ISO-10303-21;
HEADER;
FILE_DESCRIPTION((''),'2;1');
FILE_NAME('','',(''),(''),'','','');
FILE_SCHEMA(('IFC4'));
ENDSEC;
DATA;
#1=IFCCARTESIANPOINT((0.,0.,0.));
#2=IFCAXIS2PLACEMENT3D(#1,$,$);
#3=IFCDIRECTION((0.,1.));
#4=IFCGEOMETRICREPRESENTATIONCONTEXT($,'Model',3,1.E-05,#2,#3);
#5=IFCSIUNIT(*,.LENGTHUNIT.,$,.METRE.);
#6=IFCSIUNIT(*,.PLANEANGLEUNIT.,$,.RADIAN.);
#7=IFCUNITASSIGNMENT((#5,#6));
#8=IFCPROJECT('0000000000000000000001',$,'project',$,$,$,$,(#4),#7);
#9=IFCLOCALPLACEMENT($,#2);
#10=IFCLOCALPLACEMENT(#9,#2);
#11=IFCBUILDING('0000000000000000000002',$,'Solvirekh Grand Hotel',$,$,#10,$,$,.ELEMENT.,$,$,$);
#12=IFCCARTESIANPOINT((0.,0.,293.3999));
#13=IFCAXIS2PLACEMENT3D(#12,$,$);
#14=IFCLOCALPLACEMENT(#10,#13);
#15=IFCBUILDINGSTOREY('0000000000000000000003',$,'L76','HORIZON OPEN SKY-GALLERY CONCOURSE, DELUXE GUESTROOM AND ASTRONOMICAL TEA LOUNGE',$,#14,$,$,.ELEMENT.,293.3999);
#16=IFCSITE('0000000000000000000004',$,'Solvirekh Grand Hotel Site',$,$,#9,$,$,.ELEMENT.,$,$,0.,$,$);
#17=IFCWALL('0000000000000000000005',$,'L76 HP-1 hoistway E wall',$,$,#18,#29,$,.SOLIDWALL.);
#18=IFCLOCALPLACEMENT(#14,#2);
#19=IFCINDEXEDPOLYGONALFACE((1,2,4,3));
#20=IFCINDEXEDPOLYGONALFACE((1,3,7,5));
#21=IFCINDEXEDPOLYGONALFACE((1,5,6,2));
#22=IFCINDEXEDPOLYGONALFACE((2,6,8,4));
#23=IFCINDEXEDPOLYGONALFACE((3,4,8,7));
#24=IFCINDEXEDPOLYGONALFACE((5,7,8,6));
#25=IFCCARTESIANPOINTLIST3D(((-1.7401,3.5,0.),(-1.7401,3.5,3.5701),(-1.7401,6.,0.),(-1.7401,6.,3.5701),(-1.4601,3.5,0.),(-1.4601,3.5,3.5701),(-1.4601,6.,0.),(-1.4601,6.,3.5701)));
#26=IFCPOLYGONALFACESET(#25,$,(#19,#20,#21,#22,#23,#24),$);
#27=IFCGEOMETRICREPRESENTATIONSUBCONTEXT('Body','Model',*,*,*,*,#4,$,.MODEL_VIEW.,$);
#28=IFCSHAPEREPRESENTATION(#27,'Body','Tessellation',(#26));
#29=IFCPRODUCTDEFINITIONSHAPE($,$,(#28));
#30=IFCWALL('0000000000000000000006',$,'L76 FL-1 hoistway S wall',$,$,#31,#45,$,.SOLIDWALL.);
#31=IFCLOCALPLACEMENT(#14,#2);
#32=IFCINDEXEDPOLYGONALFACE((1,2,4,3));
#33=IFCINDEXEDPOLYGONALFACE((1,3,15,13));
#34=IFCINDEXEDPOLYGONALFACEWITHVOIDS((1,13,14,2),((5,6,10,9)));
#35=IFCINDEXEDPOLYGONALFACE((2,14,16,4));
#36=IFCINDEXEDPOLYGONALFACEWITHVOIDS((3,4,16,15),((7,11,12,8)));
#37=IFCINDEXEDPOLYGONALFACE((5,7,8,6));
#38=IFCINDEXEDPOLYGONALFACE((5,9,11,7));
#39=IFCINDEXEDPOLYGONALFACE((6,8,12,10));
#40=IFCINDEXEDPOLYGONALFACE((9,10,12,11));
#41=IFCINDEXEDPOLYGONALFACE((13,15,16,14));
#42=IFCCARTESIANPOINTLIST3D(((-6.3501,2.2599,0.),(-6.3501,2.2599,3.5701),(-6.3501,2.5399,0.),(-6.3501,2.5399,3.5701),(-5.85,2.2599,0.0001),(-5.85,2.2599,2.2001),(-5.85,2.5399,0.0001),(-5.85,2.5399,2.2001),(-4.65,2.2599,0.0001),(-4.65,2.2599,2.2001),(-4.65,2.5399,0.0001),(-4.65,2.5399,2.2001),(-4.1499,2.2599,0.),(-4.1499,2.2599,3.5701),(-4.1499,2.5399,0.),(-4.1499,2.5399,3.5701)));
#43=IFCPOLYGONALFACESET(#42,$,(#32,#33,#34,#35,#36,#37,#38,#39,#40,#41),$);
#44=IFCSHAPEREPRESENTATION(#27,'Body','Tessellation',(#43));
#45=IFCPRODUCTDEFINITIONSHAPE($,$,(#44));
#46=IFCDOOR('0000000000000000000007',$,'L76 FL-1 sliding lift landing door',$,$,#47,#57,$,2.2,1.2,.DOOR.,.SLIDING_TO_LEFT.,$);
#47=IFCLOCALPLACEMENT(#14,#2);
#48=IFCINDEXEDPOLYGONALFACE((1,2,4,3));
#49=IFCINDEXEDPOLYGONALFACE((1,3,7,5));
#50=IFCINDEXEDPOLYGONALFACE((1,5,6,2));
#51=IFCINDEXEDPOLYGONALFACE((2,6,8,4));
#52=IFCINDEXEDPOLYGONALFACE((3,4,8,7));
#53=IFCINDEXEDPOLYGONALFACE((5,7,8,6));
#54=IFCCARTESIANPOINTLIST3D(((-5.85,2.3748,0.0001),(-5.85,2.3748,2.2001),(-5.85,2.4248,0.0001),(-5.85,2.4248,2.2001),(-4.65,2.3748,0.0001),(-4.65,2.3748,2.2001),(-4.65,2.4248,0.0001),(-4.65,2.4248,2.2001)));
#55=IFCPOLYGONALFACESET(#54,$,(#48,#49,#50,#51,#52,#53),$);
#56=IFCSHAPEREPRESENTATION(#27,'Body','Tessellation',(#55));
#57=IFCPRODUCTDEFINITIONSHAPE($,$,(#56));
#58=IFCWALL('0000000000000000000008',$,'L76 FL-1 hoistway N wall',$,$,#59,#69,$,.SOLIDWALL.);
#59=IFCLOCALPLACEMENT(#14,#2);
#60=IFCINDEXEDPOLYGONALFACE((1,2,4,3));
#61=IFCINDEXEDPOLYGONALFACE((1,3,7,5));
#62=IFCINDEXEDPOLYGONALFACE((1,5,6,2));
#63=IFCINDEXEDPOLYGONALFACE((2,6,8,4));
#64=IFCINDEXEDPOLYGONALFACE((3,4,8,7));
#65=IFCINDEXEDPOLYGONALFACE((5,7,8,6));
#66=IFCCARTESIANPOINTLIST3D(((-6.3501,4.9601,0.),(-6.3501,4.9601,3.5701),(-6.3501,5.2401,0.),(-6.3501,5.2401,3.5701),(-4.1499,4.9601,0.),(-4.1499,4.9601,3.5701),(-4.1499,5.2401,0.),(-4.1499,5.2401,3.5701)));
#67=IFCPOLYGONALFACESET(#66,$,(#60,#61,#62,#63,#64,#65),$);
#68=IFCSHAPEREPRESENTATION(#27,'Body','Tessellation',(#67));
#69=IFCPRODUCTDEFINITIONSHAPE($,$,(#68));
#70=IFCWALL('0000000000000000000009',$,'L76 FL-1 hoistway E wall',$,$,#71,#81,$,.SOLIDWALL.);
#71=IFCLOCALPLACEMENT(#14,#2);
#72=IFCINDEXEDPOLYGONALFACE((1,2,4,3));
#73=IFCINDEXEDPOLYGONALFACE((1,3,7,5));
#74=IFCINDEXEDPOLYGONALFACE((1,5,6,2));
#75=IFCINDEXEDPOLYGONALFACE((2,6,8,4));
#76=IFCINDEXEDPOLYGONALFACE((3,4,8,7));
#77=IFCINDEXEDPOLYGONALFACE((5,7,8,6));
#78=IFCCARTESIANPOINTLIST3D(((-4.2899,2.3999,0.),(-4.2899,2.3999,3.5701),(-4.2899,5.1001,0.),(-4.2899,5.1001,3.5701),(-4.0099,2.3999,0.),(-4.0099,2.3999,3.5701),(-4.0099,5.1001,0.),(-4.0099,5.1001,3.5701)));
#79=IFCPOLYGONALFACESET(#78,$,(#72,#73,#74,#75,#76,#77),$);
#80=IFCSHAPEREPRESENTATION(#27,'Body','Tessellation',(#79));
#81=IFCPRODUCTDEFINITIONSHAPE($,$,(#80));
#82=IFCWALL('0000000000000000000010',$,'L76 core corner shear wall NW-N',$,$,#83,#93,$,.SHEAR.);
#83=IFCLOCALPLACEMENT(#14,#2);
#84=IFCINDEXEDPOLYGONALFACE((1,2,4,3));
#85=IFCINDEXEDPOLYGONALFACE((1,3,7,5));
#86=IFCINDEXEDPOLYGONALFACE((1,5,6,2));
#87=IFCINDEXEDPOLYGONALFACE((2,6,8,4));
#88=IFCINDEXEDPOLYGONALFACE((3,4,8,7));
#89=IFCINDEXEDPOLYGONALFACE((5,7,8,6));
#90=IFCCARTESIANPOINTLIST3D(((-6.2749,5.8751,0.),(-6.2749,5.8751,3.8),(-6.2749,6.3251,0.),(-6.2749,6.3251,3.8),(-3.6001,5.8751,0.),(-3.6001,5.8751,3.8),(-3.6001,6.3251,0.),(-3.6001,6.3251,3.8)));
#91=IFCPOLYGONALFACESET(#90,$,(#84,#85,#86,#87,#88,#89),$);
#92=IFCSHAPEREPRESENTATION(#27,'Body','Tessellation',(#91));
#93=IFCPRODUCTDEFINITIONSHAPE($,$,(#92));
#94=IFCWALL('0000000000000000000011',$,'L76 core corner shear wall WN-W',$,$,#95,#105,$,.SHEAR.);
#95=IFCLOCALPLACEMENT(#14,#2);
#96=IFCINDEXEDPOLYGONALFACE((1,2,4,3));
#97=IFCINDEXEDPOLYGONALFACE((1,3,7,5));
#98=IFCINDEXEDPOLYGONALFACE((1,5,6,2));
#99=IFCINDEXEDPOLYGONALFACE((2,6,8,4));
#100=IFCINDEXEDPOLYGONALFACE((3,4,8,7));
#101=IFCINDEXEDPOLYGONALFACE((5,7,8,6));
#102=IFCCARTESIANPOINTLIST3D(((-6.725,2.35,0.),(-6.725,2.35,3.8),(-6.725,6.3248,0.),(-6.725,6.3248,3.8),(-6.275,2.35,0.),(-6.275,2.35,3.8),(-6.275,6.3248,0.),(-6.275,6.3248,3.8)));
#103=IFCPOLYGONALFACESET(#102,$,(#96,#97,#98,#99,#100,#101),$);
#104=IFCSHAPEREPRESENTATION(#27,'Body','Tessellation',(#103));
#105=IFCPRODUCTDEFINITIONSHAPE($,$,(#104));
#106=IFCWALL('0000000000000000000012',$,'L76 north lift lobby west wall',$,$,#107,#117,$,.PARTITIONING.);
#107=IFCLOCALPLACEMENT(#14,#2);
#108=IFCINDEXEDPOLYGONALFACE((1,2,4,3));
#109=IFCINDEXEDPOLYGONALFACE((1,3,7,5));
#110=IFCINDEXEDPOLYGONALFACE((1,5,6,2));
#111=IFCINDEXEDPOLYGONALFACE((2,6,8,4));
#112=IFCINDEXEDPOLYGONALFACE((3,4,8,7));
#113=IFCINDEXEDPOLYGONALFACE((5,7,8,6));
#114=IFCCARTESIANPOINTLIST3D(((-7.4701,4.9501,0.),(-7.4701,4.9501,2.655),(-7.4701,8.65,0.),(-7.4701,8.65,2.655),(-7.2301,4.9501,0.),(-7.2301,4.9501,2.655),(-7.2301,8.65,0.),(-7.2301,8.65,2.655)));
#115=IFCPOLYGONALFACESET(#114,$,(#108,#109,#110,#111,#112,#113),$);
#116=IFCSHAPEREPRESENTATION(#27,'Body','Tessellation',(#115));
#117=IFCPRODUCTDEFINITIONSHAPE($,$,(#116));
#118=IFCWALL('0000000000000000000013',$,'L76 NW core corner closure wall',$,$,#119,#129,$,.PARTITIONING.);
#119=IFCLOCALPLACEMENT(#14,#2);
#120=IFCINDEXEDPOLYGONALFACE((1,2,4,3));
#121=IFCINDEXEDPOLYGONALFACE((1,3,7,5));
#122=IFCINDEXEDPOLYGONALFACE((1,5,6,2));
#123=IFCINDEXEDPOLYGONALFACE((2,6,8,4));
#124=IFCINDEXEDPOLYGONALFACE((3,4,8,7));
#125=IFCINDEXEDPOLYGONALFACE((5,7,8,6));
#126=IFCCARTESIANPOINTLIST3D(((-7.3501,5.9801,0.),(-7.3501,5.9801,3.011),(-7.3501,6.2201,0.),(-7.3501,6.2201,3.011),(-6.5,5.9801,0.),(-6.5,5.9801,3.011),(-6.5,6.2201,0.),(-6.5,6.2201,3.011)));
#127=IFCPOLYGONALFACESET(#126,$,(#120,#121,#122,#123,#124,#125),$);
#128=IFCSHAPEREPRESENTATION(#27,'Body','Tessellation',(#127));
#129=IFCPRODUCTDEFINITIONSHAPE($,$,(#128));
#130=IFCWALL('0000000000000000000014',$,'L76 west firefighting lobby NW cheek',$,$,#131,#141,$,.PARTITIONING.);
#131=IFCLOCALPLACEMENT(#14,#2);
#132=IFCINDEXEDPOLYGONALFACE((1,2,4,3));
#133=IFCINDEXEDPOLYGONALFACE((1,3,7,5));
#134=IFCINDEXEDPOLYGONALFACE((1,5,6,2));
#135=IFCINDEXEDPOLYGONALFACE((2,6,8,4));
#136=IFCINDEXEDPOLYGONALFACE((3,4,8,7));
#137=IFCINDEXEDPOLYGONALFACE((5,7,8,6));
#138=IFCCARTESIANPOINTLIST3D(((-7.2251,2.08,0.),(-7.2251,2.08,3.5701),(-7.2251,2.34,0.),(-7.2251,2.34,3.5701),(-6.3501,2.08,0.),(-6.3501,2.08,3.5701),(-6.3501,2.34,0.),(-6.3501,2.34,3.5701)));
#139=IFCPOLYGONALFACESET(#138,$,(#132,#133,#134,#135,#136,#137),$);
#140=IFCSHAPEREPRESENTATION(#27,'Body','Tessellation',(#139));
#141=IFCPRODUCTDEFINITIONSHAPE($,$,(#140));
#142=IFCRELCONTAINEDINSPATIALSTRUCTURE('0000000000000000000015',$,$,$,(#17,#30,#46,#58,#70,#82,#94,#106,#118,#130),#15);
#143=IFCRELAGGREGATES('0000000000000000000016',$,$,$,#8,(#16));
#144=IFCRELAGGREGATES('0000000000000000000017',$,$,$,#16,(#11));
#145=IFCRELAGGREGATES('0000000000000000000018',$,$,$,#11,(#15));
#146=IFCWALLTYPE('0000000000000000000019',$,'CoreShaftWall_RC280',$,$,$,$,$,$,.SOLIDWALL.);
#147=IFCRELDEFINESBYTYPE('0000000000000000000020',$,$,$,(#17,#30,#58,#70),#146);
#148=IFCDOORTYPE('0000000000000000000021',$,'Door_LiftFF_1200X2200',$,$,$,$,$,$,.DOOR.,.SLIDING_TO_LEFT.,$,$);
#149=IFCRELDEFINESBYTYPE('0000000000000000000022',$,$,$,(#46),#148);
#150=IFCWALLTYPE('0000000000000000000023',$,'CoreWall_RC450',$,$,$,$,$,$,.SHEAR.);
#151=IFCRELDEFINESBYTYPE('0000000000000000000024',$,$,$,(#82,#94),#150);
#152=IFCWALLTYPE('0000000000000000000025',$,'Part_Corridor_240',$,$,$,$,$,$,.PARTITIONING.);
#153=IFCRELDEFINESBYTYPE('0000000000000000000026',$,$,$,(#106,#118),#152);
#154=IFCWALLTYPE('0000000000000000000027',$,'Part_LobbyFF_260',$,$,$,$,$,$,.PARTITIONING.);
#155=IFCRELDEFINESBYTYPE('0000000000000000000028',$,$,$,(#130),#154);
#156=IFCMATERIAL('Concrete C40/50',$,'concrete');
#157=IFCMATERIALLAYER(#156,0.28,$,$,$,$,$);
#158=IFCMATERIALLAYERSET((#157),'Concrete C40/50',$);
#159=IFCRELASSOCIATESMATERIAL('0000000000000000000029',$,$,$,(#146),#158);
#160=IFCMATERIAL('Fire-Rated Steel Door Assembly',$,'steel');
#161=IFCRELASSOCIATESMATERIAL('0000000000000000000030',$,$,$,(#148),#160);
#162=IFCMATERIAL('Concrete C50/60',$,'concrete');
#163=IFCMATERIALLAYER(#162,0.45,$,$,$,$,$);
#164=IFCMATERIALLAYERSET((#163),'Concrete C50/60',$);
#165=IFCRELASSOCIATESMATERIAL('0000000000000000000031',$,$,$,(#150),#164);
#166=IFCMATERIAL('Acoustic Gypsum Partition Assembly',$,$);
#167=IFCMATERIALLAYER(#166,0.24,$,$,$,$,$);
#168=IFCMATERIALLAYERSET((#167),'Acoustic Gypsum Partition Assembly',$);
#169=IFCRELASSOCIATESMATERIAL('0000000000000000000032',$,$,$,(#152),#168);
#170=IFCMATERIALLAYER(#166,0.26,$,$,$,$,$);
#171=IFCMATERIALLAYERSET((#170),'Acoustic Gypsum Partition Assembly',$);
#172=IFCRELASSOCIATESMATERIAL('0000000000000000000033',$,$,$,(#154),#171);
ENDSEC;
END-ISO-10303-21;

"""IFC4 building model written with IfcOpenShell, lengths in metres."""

from ifc_helpers import new_model, si_unit, direction, frame, frame_2d, origin, place, context, subcontext, project, spatial, rectangle, extrude, material, layer, layer_set, type_object, element, fill, save


model = new_model("IFC4")

# Units and contexts
model_context = context("Model", 3, precision=1e-05, world=origin(), true_north=direction((0.0, 1.0)))
body_context = subcontext(model_context, "Body", "Model", "MODEL_VIEW")
ifc_project = project(units=[si_unit("LENGTHUNIT", "METRE"), si_unit("PLANEANGLEUNIT", "RADIAN")], contexts=[model_context])

# Site, building, storey
site_placement = place(None, origin())
site = spatial("IfcSite", under=ifc_project, at=site_placement, Name="Solvirekh Grand Hotel Site", CompositionType="ELEMENT", RefElevation=0.0)
building_placement = place(site_placement, origin())
building = spatial("IfcBuilding", under=site, at=building_placement, Name="Solvirekh Grand Hotel", CompositionType="ELEMENT")
storey_placement = place(building_placement, frame((0.0, 0.0, 293.3999)))
storey = spatial("IfcBuildingStorey", under=building, at=storey_placement, Name="L76", Description="HORIZON OPEN SKY-GALLERY CONCOURSE, DELUXE GUESTROOM AND ASTRONOMICAL TEA LOUNGE", CompositionType="ELEMENT", Elevation=293.3999)

# Shared definitions
ifc_material_1 = material(Name="Concrete C50/60", Category="concrete")

# Shared definitions
ifc_material_2 = material(Name="Concrete C40/50", Category="concrete")
ifc_layer_1 = layer(ifc_material_2, 0.28)
ifc_layer_set_1 = layer_set([ifc_layer_1], Name="Concrete C40/50")
wall_type_1 = type_object("IfcWallType", Name="CoreShaftWall_RC280", PredefinedType="SOLIDWALL", material=ifc_layer_set_1)
ifc_material_3 = material(Name="Fire-Rated Steel Door Assembly", Category="steel")

# Wall
for number, where, z_axis, x_axis, name in (
    (1, (-1.6001, 3.5, 0.0), (0.0, 0.0, 1.0), (0.0, 1.0, 0.0), "L76 HP-1 hoistway E wall"),
):
    element("IfcWall", number, at=place(storey_placement, frame(where, z_axis=z_axis, x_axis=x_axis)), inside=storey, type_object=wall_type_1, Name=name, PredefinedType="SOLIDWALL", context=body_context, shape_type="SweptSolid", body=[
        extrude(rectangle(XDim=2.5, YDim=0.28, at=frame_2d((1.25, 0.0))), origin(), (0.0, 0.0, 1.0), 3.5701),
    ])

# Wall, opening, door
wall_1_placement = place(storey_placement, frame((-6.3501, 2.3999, 0.0), z_axis=(0.0, 0.0, 1.0), x_axis=(1.0, 0.0, 0.0)))
wall_1 = element("IfcWall", 2, at=wall_1_placement, inside=storey, type_object=wall_type_1, Name="L76 FL-1 hoistway S wall", PredefinedType="SOLIDWALL", context=body_context, shape_type="SweptSolid", body=[
    extrude(rectangle(XDim=2.2002, YDim=0.28, at=frame_2d((1.1001, 0.0))), origin(), (0.0, 0.0, 1.0), 3.5701),
])
opening_1_placement = place(wall_1_placement, frame((0.5, 0.0, 0.0)))
opening_1 = element("IfcOpeningElement", 3, at=opening_1_placement, cuts=wall_1, PredefinedType="OPENING", context=body_context, shape_type="SweptSolid", body=[
    extrude(rectangle(XDim=1.2, YDim=2.2, at=frame_2d((0.6001, 1.1001))), frame((0.0, 0.1499, 0.0), z_axis=(0.0, -1.0, 0.0), x_axis=(1.0, 0.0, 0.0)), (0.0, 0.0, 1.0), 0.3),
])
door_type_1 = type_object("IfcDoorType", Name="Door_LiftFF_1200X2200", OperationType="SLIDING_TO_LEFT", PredefinedType="DOOR", material=ifc_material_3)
door_1_placement = place(opening_1_placement, origin())
door_1 = element("IfcDoor", 4, at=door_1_placement, inside=storey, type_object=door_type_1, Name="L76 FL-1 sliding lift landing door", OperationType="SLIDING_TO_LEFT", OverallHeight=2.2, OverallWidth=1.2, PredefinedType="DOOR", context=body_context, shape_type="SweptSolid", body=[
    extrude(rectangle(XDim=1.2, YDim=2.2, at=frame_2d((0.6001, 1.1001))), frame((0.0, 0.0249, 0.0), z_axis=(0.0, -1.0, 0.0), x_axis=(1.0, 0.0, 0.0)), (0.0, 0.0, 1.0), 0.05),
])
fill(opening_1, door_1)

# Walls
wall_2_placement = place(storey_placement, frame((-4.1499, 5.1001, 0.0), z_axis=(0.0, 0.0, 1.0), x_axis=(-1.0, 0.0, 0.0)))
element("IfcWall", 5, at=wall_2_placement, inside=storey, type_object=wall_type_1, Name="L76 FL-1 hoistway N wall", PredefinedType="SOLIDWALL", context=body_context, shape_type="SweptSolid", body=[
    extrude(rectangle(XDim=2.2002, YDim=0.28, at=frame_2d((1.1001, 0.0))), origin(), (0.0, 0.0, 1.0), 3.5701),
])
wall_3_placement = place(storey_placement, frame((-4.1499, 2.3999, 0.0), z_axis=(0.0, 0.0, 1.0), x_axis=(0.0, 1.0, 0.0)))
element("IfcWall", 6, at=wall_3_placement, inside=storey, type_object=wall_type_1, Name="L76 FL-1 hoistway E wall", PredefinedType="SOLIDWALL", context=body_context, shape_type="SweptSolid", body=[
    extrude(rectangle(XDim=2.7002, YDim=0.28, at=frame_2d((1.3501, 0.0))), origin(), (0.0, 0.0, 1.0), 3.5701),
])
ifc_layer_2 = layer(ifc_material_1, 0.45)
ifc_layer_set_2 = layer_set([ifc_layer_2], Name="Concrete C50/60")
wall_type_2 = type_object("IfcWallType", Name="CoreWall_RC450", PredefinedType="SHEAR", material=ifc_layer_set_2)
wall_4_placement = place(storey_placement, frame((-6.2749, 6.1001, 0.0), z_axis=(0.0, 0.0, 1.0), x_axis=(1.0, 0.0, 0.0)))
element("IfcWall", 7, at=wall_4_placement, inside=storey, type_object=wall_type_2, Name="L76 core corner shear wall NW-N", PredefinedType="SHEAR", context=body_context, shape_type="SweptSolid", body=[
    extrude(rectangle(XDim=2.6748, YDim=0.45, at=frame_2d((1.3374, 0.0))), origin(), (0.0, 0.0, 1.0), 3.8),
])
wall_5_placement = place(storey_placement, frame((-6.5, 2.3501, 0.0), z_axis=(0.0, 0.0, 1.0), x_axis=(0.0, 1.0, 0.0)))
element("IfcWall", 8, at=wall_5_placement, inside=storey, type_object=wall_type_2, Name="L76 core corner shear wall WN-W", PredefinedType="SHEAR", context=body_context, shape_type="SweptSolid", body=[
    extrude(rectangle(XDim=3.9749, YDim=0.45, at=frame_2d((1.9873, 0.0))), origin(), (0.0, 0.0, 1.0), 3.8),
])
ifc_material_4 = material(Name="Acoustic Gypsum Partition Assembly")
ifc_layer_3 = layer(ifc_material_4, 0.24)
ifc_layer_set_3 = layer_set([ifc_layer_3], Name="Acoustic Gypsum Partition Assembly")
wall_type_3 = type_object("IfcWallType", Name="Part_Corridor_240", PredefinedType="PARTITIONING", material=ifc_layer_set_3)
wall_6_placement = place(storey_placement, frame((-7.3501, 4.95, 0.0), z_axis=(0.0, 0.0, 1.0), x_axis=(0.0, 1.0, 0.0)))
element("IfcWall", 9, at=wall_6_placement, inside=storey, type_object=wall_type_3, Name="L76 north lift lobby west wall", PredefinedType="PARTITIONING", context=body_context, shape_type="SweptSolid", body=[
    extrude(rectangle(XDim=3.7, YDim=0.24, at=frame_2d((1.8501, 0.0))), origin(), (0.0, 0.0, 1.0), 2.655),
])
wall_7_placement = place(storey_placement, frame((-7.3501, 6.1001, 0.0), z_axis=(0.0, 0.0, 1.0), x_axis=(1.0, 0.0, 0.0)))
element("IfcWall", 10, at=wall_7_placement, inside=storey, type_object=wall_type_3, Name="L76 NW core corner closure wall", PredefinedType="PARTITIONING", context=body_context, shape_type="SweptSolid", body=[
    extrude(rectangle(XDim=0.8501, YDim=0.24, at=frame_2d((0.425, 0.0))), origin(), (0.0, 0.0, 1.0), 3.011),
])
ifc_layer_4 = layer(ifc_material_4, 0.26)
ifc_layer_set_4 = layer_set([ifc_layer_4], Name="Acoustic Gypsum Partition Assembly")
wall_type_4 = type_object("IfcWallType", Name="Part_LobbyFF_260", PredefinedType="PARTITIONING", material=ifc_layer_set_4)
wall_8_placement = place(storey_placement, frame((-7.2251, 2.21, 0.0), z_axis=(0.0, 0.0, 1.0), x_axis=(1.0, 0.0, 0.0)))
element("IfcWall", 11, at=wall_8_placement, inside=storey, type_object=wall_type_4, Name="L76 west firefighting lobby NW cheek", PredefinedType="PARTITIONING", context=body_context, shape_type="SweptSolid", body=[
    extrude(rectangle(XDim=0.875, YDim=0.26, at=frame_2d((0.4375, 0.0))), origin(), (0.0, 0.0, 1.0), 3.5701),
])

save(model, "model.ifc")
